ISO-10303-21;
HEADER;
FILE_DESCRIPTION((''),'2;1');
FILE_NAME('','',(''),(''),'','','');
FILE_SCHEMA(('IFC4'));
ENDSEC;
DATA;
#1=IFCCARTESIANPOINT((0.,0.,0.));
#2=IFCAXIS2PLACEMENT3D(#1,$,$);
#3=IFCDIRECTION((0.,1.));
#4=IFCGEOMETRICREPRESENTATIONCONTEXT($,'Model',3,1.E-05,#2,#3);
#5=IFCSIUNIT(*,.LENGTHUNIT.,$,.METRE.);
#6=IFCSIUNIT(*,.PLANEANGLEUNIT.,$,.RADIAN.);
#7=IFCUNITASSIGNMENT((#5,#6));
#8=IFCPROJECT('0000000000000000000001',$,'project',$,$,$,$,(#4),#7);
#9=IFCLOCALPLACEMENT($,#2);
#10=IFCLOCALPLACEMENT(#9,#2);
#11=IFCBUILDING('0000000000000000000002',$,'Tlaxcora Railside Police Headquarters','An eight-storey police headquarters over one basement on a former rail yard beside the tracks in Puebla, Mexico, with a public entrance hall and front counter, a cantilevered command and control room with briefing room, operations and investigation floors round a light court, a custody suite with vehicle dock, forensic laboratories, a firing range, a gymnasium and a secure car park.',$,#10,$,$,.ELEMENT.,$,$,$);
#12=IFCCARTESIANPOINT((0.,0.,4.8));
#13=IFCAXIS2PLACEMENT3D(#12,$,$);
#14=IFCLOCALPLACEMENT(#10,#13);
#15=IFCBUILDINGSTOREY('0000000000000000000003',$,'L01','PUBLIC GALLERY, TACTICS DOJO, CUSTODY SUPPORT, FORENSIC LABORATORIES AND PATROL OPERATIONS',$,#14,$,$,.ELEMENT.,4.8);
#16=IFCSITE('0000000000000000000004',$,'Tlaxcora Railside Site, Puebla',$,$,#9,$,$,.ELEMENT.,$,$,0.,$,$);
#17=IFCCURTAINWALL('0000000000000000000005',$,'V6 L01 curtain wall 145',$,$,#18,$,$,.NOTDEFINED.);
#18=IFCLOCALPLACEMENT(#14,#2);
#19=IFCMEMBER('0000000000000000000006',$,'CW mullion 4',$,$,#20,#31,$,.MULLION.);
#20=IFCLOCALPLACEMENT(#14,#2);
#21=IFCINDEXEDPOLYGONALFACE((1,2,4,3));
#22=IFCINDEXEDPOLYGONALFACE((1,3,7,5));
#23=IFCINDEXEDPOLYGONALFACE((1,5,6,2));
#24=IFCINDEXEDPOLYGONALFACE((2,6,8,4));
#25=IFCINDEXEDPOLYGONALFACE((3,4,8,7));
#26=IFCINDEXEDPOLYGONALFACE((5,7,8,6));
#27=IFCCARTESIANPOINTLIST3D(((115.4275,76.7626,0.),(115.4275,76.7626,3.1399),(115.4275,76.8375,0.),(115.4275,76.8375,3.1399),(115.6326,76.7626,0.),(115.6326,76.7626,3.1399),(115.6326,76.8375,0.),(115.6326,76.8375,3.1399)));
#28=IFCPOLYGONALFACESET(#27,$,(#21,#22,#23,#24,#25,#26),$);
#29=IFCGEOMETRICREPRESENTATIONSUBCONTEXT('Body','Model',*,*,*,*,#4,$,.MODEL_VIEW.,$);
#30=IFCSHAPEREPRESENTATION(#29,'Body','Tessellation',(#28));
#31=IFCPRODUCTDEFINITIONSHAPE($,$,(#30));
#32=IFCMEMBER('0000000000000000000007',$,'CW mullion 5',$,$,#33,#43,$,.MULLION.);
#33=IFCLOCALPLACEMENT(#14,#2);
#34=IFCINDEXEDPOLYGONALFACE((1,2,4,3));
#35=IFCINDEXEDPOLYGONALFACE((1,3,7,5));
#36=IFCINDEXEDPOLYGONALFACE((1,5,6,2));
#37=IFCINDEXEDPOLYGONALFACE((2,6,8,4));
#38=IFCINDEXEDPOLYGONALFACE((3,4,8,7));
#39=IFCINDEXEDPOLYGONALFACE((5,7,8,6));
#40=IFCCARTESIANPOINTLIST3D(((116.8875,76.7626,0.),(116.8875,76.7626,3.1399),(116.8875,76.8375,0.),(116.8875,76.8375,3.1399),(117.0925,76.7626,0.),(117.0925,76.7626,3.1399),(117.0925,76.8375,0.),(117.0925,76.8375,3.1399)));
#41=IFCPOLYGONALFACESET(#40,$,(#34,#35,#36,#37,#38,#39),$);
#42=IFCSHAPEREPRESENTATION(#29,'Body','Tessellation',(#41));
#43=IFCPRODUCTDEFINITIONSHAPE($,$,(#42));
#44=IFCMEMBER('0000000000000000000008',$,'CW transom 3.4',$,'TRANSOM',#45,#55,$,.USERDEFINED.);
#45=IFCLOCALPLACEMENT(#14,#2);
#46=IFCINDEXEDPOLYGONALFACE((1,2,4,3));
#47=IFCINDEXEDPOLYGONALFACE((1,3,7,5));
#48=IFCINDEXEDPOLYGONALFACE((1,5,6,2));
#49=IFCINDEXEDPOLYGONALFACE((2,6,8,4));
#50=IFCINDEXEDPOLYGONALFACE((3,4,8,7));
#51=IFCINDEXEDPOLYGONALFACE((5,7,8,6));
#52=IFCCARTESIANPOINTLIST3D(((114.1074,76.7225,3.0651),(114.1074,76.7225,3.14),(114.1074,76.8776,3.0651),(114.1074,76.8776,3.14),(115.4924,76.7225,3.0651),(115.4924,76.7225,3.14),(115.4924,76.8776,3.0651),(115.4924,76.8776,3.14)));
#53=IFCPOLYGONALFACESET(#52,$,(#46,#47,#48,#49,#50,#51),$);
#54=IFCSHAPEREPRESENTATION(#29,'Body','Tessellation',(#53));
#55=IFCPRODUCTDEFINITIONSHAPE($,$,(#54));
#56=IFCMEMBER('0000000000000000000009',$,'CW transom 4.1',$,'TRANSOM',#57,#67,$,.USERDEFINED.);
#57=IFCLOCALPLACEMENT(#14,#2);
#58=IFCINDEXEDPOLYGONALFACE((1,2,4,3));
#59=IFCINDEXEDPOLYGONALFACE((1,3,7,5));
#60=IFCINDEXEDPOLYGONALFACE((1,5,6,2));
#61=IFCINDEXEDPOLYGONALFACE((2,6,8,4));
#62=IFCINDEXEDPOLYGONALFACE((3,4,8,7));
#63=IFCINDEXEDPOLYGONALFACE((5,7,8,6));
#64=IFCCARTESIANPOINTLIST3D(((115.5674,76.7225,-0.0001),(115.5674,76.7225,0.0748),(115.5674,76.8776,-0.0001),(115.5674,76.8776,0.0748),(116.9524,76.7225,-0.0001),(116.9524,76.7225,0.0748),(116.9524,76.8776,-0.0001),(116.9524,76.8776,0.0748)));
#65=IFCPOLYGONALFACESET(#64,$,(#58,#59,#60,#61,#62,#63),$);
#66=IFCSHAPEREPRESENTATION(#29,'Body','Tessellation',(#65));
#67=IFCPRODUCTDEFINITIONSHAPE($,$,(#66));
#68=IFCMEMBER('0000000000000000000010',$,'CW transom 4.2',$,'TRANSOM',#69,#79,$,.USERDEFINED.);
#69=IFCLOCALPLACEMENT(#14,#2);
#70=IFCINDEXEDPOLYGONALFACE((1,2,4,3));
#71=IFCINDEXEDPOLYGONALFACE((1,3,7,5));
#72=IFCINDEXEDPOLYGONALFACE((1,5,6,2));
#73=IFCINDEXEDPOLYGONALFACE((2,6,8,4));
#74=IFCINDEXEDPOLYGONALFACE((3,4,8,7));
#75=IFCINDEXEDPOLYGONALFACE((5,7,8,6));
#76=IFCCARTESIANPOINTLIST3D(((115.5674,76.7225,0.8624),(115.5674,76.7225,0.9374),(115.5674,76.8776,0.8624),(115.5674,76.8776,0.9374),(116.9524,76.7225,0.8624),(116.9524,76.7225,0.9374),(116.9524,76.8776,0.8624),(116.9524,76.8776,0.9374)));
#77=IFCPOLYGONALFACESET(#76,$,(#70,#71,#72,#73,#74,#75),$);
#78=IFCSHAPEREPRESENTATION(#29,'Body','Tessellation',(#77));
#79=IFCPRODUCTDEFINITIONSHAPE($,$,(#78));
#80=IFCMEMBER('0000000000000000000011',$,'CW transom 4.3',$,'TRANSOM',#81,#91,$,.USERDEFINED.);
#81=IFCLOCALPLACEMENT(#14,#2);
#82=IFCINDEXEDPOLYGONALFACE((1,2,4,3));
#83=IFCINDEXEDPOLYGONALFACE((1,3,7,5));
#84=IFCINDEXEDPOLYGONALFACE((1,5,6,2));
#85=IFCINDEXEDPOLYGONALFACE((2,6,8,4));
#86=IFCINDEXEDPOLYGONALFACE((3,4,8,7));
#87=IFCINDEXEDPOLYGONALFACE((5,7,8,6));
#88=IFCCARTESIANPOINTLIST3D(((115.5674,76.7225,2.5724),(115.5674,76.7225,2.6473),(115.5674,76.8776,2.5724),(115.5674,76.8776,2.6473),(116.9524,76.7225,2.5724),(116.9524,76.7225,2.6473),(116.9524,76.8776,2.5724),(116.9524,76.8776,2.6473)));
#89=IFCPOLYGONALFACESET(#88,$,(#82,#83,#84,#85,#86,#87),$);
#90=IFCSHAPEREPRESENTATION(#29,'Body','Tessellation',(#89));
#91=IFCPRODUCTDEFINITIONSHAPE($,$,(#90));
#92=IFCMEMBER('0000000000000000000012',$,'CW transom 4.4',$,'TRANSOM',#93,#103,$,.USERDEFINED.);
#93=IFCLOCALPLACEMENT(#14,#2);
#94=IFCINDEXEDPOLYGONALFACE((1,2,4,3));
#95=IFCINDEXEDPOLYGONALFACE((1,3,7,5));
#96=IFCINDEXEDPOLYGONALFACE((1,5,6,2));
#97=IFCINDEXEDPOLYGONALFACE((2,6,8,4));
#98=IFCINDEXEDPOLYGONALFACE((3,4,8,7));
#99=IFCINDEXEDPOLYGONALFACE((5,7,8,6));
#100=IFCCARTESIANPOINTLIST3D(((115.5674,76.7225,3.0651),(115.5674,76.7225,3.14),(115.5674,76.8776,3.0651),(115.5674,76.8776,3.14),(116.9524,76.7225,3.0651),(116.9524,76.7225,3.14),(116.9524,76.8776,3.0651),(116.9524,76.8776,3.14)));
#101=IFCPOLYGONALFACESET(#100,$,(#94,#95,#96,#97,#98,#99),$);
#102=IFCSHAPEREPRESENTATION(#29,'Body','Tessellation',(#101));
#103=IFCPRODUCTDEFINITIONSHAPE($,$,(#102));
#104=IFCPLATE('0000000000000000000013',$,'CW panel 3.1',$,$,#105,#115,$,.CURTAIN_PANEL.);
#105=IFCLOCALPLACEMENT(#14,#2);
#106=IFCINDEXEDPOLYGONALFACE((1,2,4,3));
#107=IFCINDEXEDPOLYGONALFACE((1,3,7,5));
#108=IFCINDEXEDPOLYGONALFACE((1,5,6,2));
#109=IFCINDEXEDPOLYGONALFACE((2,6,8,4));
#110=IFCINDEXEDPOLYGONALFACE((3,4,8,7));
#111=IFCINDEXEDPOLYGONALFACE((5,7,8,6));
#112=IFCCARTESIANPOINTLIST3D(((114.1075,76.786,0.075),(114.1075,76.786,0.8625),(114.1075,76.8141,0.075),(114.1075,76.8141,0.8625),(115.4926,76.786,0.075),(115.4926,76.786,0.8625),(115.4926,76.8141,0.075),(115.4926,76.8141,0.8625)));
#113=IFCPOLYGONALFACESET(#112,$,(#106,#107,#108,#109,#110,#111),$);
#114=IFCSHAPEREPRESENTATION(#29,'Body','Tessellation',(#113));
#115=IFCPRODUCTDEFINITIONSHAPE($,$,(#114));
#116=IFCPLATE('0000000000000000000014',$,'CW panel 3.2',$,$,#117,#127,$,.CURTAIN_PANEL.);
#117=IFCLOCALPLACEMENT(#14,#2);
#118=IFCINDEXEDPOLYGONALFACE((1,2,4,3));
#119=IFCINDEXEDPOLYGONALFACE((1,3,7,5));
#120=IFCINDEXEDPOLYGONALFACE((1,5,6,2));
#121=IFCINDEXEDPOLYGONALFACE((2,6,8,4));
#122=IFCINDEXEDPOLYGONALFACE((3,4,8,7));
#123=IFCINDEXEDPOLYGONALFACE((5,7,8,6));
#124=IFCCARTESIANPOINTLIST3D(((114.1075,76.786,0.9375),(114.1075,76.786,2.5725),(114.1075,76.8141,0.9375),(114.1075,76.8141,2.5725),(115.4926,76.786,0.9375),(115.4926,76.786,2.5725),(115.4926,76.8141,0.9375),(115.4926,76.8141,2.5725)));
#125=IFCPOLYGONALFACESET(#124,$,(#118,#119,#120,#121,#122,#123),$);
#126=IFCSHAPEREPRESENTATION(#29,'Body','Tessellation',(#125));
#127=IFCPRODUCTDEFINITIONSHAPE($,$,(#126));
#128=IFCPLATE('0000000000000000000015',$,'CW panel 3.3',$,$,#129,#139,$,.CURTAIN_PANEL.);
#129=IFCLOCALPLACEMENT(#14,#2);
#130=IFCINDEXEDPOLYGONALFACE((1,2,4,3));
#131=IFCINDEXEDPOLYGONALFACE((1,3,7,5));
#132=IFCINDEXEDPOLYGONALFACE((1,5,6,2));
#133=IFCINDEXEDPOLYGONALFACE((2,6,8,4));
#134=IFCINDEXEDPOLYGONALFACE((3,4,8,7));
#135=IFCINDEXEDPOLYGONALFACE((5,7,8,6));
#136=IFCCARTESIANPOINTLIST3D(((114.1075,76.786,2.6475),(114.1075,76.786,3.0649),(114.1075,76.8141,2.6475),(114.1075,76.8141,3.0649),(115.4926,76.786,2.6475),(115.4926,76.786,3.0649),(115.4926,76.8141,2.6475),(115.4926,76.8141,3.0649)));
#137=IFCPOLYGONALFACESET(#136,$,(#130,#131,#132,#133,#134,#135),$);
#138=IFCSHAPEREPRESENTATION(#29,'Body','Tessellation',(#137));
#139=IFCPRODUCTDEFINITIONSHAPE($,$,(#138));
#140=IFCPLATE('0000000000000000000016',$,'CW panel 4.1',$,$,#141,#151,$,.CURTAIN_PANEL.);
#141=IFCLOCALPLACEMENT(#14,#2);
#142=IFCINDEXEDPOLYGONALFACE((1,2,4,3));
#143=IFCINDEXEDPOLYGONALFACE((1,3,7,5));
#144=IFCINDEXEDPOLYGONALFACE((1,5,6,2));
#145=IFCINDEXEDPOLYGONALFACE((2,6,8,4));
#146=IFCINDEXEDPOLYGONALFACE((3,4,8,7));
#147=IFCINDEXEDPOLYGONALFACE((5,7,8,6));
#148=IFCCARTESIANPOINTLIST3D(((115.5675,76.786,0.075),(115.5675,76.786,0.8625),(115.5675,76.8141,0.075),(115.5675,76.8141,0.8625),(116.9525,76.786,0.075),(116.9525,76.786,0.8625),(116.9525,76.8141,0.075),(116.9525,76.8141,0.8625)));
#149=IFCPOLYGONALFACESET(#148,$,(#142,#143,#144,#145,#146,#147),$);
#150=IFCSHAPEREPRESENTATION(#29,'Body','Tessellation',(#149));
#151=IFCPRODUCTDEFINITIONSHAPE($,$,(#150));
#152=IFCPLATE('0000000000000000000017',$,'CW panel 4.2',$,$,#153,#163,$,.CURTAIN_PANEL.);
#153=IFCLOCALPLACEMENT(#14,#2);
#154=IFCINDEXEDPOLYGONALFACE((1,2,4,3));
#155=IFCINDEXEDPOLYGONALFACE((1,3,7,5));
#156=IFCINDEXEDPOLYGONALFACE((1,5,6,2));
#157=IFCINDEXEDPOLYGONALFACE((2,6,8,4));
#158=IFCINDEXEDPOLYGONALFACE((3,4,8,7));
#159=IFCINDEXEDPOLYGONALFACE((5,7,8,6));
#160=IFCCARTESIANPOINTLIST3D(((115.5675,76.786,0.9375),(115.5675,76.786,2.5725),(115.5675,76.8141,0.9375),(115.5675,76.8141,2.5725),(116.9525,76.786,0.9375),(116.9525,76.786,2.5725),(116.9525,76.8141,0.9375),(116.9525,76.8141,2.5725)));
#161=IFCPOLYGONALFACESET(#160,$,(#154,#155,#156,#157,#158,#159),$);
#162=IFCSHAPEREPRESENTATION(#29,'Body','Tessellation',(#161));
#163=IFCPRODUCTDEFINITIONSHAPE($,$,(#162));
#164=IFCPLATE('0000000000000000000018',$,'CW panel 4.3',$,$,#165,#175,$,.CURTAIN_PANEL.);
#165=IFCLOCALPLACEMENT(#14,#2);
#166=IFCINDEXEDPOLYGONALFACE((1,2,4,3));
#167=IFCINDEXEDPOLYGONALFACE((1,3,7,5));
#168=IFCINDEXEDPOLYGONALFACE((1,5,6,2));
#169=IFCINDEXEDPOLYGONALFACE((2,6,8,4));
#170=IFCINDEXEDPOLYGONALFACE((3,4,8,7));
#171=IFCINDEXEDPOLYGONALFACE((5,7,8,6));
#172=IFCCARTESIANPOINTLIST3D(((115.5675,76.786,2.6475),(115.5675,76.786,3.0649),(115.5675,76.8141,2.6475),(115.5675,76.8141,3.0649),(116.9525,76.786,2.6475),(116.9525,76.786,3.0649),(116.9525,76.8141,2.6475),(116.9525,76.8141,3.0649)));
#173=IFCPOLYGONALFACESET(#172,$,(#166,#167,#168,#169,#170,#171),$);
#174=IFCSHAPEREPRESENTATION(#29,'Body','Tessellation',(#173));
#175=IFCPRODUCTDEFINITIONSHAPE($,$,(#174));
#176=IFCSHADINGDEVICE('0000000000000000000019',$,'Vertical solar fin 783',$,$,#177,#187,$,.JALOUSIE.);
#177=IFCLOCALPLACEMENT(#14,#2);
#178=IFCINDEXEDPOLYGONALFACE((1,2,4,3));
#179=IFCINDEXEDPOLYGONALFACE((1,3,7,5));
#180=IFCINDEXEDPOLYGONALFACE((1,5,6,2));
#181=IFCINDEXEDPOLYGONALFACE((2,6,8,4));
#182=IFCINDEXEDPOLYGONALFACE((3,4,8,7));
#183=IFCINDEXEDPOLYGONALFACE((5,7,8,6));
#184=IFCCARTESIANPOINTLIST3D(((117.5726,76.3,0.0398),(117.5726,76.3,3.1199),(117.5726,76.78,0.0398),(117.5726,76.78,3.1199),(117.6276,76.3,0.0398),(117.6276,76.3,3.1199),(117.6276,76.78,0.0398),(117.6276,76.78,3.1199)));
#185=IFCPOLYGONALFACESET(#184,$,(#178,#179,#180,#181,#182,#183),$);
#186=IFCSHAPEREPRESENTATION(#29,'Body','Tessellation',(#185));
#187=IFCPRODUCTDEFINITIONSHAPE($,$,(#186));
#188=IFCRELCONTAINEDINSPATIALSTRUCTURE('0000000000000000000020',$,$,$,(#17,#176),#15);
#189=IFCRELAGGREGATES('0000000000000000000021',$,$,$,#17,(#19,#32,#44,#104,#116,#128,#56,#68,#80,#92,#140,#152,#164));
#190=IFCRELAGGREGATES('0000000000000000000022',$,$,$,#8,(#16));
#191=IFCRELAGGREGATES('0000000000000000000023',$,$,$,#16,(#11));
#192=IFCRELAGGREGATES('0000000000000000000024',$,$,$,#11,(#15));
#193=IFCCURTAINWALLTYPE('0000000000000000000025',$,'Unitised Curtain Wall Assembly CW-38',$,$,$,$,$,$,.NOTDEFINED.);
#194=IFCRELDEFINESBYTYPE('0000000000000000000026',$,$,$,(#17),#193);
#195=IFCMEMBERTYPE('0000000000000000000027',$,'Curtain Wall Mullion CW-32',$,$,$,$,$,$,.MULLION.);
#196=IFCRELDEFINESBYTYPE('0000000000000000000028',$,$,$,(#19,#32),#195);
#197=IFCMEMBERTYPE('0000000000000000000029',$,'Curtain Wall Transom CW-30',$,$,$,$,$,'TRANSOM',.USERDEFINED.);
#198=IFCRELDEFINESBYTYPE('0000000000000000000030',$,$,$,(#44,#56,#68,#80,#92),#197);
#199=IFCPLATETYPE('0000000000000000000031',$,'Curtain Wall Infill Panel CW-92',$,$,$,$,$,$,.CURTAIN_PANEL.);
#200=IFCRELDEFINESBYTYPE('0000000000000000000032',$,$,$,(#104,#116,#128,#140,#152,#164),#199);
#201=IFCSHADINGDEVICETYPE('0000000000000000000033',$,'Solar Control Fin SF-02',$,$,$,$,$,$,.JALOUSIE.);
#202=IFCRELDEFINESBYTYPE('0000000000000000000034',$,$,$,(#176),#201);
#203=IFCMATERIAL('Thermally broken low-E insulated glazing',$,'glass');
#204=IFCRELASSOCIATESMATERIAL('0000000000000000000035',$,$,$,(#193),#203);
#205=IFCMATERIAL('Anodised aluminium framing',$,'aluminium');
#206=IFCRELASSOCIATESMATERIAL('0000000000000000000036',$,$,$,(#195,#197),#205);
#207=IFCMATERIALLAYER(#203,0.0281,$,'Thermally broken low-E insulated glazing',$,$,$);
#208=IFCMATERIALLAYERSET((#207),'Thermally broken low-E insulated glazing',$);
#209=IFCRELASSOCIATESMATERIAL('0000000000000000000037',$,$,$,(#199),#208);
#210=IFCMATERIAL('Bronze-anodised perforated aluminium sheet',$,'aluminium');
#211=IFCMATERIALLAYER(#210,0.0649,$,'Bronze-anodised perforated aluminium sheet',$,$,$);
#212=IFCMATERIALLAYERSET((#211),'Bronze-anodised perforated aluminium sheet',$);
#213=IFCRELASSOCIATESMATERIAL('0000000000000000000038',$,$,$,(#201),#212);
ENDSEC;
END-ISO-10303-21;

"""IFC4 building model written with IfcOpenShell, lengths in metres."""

from ifc_helpers import new_model, si_unit, direction, frame, origin, origin_2d, place, context, subcontext, project, spatial, rectangle, extrude, material, layer, layer_set, material_profile, profile_set, type_object, element, aggregate, save


model = new_model("IFC4")

# Units and contexts
model_context = context("Model", 3, precision=1e-05, world=origin(), true_north=direction((0.0, 1.0)))
body_context = subcontext(model_context, "Body", "Model", "MODEL_VIEW")
ifc_project = project(units=[si_unit("LENGTHUNIT", "METRE"), si_unit("PLANEANGLEUNIT", "RADIAN")], contexts=[model_context])

# Site, building, storey
site_placement = place(None, origin())
site = spatial("IfcSite", under=ifc_project, at=site_placement, Name="Tlaxcora Railside Site, Puebla", CompositionType="ELEMENT", RefElevation=0.0)
building_placement = place(site_placement, origin())
building = spatial("IfcBuilding", under=site, at=building_placement, Name="Tlaxcora Railside Police Headquarters", Description="An eight-storey police headquarters over one basement on a former rail yard beside the tracks in Puebla, Mexico, with a public entrance hall and front counter, a cantilevered command and control room with briefing room, operations and investigation floors round a light court, a custody suite with vehicle dock, forensic laboratories, a firing range, a gymnasium and a secure car park.", CompositionType="ELEMENT")
storey_placement = place(building_placement, frame((0.0, 0.0, 4.8)))
storey = spatial("IfcBuildingStorey", under=building, at=storey_placement, Name="L01", Description="PUBLIC GALLERY, TACTICS DOJO, CUSTODY SUPPORT, FORENSIC LABORATORIES AND PATROL OPERATIONS", CompositionType="ELEMENT", Elevation=4.8)

# Curtain wall, members, plates
ifc_material_1 = material(Name="Thermally broken low-E insulated glazing", Category="glass")
curtain_wall_type = type_object("IfcCurtainWallType", Name="Unitised Curtain Wall Assembly CW-38", PredefinedType="NOTDEFINED", material=ifc_material_1)
curtain_wall_placement = place(storey_placement, origin())
curtain_wall = element("IfcCurtainWall", 1, at=curtain_wall_placement, inside=storey, type_object=curtain_wall_type, Name="V6 L01 curtain wall 145", PredefinedType="NOTDEFINED")
ifc_material_2 = material(Name="Anodised aluminium framing", Category="aluminium")
ifc_material_profile_1 = material_profile(ifc_material_2, rectangle(XDim=0.075, YDim=0.2051, at=origin_2d()), Name="AL75X205")
ifc_profile_set_1 = profile_set([ifc_material_profile_1], Name="Anodised aluminium framing")
member_type_1 = type_object("IfcMemberType", Name="Curtain Wall Mullion CW-32", PredefinedType="MULLION", material=ifc_profile_set_1)
member_1_placement = place(storey_placement, frame((115.53, 76.8, 0.0), z_axis=(0.0, 0.0, 1.0), x_axis=(0.0, 1.0, 0.0)))
member_1 = element("IfcMember", 2, at=member_1_placement, type_object=member_type_1, Name="CW mullion 4", PredefinedType="MULLION", context=body_context, shape_type="SweptSolid", body=[
    extrude(rectangle(XDim=0.075, YDim=0.2051, at=origin_2d()), origin(), (0.0, 0.0, 1.0), 3.1399),
])
member_2_placement = place(storey_placement, frame((116.99, 76.8, 0.0), z_axis=(0.0, 0.0, 1.0), x_axis=(0.0, 1.0, 0.0)))
member_2 = element("IfcMember", 3, at=member_2_placement, type_object=member_type_1, Name="CW mullion 5", PredefinedType="MULLION", context=body_context, shape_type="SweptSolid", body=[
    extrude(rectangle(XDim=0.075, YDim=0.2051, at=origin_2d()), origin(), (0.0, 0.0, 1.0), 3.1399),
])
ifc_material_profile_2 = material_profile(ifc_material_2, rectangle(XDim=0.155, YDim=0.075, at=origin_2d()), Name="AL75X155")
ifc_profile_set_2 = profile_set([ifc_material_profile_2], Name="Anodised aluminium framing")
member_type_2 = type_object("IfcMemberType", Name="Curtain Wall Transom CW-30", ElementType="TRANSOM", PredefinedType="USERDEFINED", material=ifc_profile_set_2)
member_3_placement = place(storey_placement, frame((114.1074, 76.8, 3.1025), z_axis=(1.0, 0.0, 0.0), x_axis=(0.0, 1.0, 0.0)))
member_3 = element("IfcMember", 4, at=member_3_placement, type_object=member_type_2, Name="CW transom 3.4", ObjectType="TRANSOM", PredefinedType="USERDEFINED", context=body_context, shape_type="SweptSolid", body=[
    extrude(rectangle(XDim=0.155, YDim=0.075, at=origin_2d()), origin(), (0.0, 0.0, 1.0), 1.385),
])
member_4_placement = place(storey_placement, frame((115.5674, 76.8, 0.0374), z_axis=(1.0, 0.0, 0.0), x_axis=(0.0, 1.0, 0.0)))
member_4 = element("IfcMember", 5, at=member_4_placement, type_object=member_type_2, Name="CW transom 4.1", ObjectType="TRANSOM", PredefinedType="USERDEFINED", context=body_context, shape_type="SweptSolid", body=[
    extrude(rectangle(XDim=0.155, YDim=0.075, at=origin_2d()), origin(), (0.0, 0.0, 1.0), 1.385),
])
member_5_placement = place(storey_placement, frame((115.5674, 76.8, 0.8999), z_axis=(1.0, 0.0, 0.0), x_axis=(0.0, 1.0, 0.0)))
member_5 = element("IfcMember", 6, at=member_5_placement, type_object=member_type_2, Name="CW transom 4.2", ObjectType="TRANSOM", PredefinedType="USERDEFINED", context=body_context, shape_type="SweptSolid", body=[
    extrude(rectangle(XDim=0.155, YDim=0.075, at=origin_2d()), origin(), (0.0, 0.0, 1.0), 1.385),
])
member_6_placement = place(storey_placement, frame((115.5674, 76.8, 2.6099), z_axis=(1.0, 0.0, 0.0), x_axis=(0.0, 1.0, 0.0)))
member_6 = element("IfcMember", 7, at=member_6_placement, type_object=member_type_2, Name="CW transom 4.3", ObjectType="TRANSOM", PredefinedType="USERDEFINED", context=body_context, shape_type="SweptSolid", body=[
    extrude(rectangle(XDim=0.155, YDim=0.075, at=origin_2d()), origin(), (0.0, 0.0, 1.0), 1.385),
])
member_7_placement = place(storey_placement, frame((115.5674, 76.8, 3.1025), z_axis=(1.0, 0.0, 0.0), x_axis=(0.0, 1.0, 0.0)))
member_7 = element("IfcMember", 8, at=member_7_placement, type_object=member_type_2, Name="CW transom 4.4", ObjectType="TRANSOM", PredefinedType="USERDEFINED", context=body_context, shape_type="SweptSolid", body=[
    extrude(rectangle(XDim=0.155, YDim=0.075, at=origin_2d()), origin(), (0.0, 0.0, 1.0), 1.385),
])
ifc_layer_1 = layer(ifc_material_1, 0.0281, Name="Thermally broken low-E insulated glazing")
ifc_layer_set_1 = layer_set([ifc_layer_1], Name="Thermally broken low-E insulated glazing")
plate_type = type_object("IfcPlateType", Name="Curtain Wall Infill Panel CW-92", PredefinedType="CURTAIN_PANEL", material=ifc_layer_set_1)
plate_1_placement = place(storey_placement, frame((114.8, 76.8, 0.075), z_axis=(0.0, 0.0, 1.0), x_axis=(1.0, 0.0, 0.0)))
plate_1 = element("IfcPlate", 9, at=plate_1_placement, type_object=plate_type, Name="CW panel 3.1", PredefinedType="CURTAIN_PANEL", context=body_context, shape_type="SweptSolid", body=[
    extrude(rectangle(XDim=1.385, YDim=0.0281, at=origin_2d()), origin(), (0.0, 0.0, 1.0), 0.7876),
])
plate_2_placement = place(storey_placement, frame((114.8, 76.8, 0.9375), z_axis=(0.0, 0.0, 1.0), x_axis=(1.0, 0.0, 0.0)))
plate_2 = element("IfcPlate", 10, at=plate_2_placement, type_object=plate_type, Name="CW panel 3.2", PredefinedType="CURTAIN_PANEL", context=body_context, shape_type="SweptSolid", body=[
    extrude(rectangle(XDim=1.385, YDim=0.0281, at=origin_2d()), origin(), (0.0, 0.0, 1.0), 1.635),
])
plate_3_placement = place(storey_placement, frame((114.8, 76.8, 2.6475), z_axis=(0.0, 0.0, 1.0), x_axis=(1.0, 0.0, 0.0)))
plate_3 = element("IfcPlate", 11, at=plate_3_placement, type_object=plate_type, Name="CW panel 3.3", PredefinedType="CURTAIN_PANEL", context=body_context, shape_type="SweptSolid", body=[
    extrude(rectangle(XDim=1.385, YDim=0.0281, at=origin_2d()), origin(), (0.0, 0.0, 1.0), 0.4175),
])
plate_4_placement = place(storey_placement, frame((116.26, 76.8, 0.075), z_axis=(0.0, 0.0, 1.0), x_axis=(1.0, 0.0, 0.0)))
plate_4 = element("IfcPlate", 12, at=plate_4_placement, type_object=plate_type, Name="CW panel 4.1", PredefinedType="CURTAIN_PANEL", context=body_context, shape_type="SweptSolid", body=[
    extrude(rectangle(XDim=1.385, YDim=0.0281, at=origin_2d()), origin(), (0.0, 0.0, 1.0), 0.7876),
])
plate_5_placement = place(storey_placement, frame((116.26, 76.8, 0.9375), z_axis=(0.0, 0.0, 1.0), x_axis=(1.0, 0.0, 0.0)))
plate_5 = element("IfcPlate", 13, at=plate_5_placement, type_object=plate_type, Name="CW panel 4.2", PredefinedType="CURTAIN_PANEL", context=body_context, shape_type="SweptSolid", body=[
    extrude(rectangle(XDim=1.385, YDim=0.0281, at=origin_2d()), origin(), (0.0, 0.0, 1.0), 1.635),
])
plate_6_placement = place(storey_placement, frame((116.26, 76.8, 2.6475), z_axis=(0.0, 0.0, 1.0), x_axis=(1.0, 0.0, 0.0)))
plate_6 = element("IfcPlate", 14, at=plate_6_placement, type_object=plate_type, Name="CW panel 4.3", PredefinedType="CURTAIN_PANEL", context=body_context, shape_type="SweptSolid", body=[
    extrude(rectangle(XDim=1.385, YDim=0.0281, at=origin_2d()), origin(), (0.0, 0.0, 1.0), 0.4175),
])
aggregate(curtain_wall, [member_1, member_2, member_3, plate_1, plate_2, plate_3, member_4, member_5, member_6, member_7, plate_4, plate_5, plate_6])

# Shading device
ifc_material_3 = material(Name="Bronze-anodised perforated aluminium sheet", Category="aluminium")
ifc_layer_2 = layer(ifc_material_3, 0.0649, Name="Bronze-anodised perforated aluminium sheet")
ifc_layer_set_2 = layer_set([ifc_layer_2], Name="Bronze-anodised perforated aluminium sheet")
shading_device_type = type_object("IfcShadingDeviceType", Name="Solar Control Fin SF-02", PredefinedType="JALOUSIE", material=ifc_layer_set_2)
for number, where, z_axis, x_axis, name in (
    (15, (117.6001, 76.54, 0.0398), (0.0, 0.0, 1.0), (0.0, -1.0, 0.0), "Vertical solar fin 783"),
):
    element("IfcShadingDevice", number, at=place(storey_placement, frame(where, z_axis=z_axis, x_axis=x_axis)), inside=storey, type_object=shading_device_type, Name=name, PredefinedType="JALOUSIE", context=body_context, shape_type="SweptSolid", body=[
        extrude(rectangle(XDim=0.48, YDim=0.0549, at=origin_2d()), origin(), (0.0, 0.0, 1.0), 3.0801),
    ])

save(model, "model.ifc")
